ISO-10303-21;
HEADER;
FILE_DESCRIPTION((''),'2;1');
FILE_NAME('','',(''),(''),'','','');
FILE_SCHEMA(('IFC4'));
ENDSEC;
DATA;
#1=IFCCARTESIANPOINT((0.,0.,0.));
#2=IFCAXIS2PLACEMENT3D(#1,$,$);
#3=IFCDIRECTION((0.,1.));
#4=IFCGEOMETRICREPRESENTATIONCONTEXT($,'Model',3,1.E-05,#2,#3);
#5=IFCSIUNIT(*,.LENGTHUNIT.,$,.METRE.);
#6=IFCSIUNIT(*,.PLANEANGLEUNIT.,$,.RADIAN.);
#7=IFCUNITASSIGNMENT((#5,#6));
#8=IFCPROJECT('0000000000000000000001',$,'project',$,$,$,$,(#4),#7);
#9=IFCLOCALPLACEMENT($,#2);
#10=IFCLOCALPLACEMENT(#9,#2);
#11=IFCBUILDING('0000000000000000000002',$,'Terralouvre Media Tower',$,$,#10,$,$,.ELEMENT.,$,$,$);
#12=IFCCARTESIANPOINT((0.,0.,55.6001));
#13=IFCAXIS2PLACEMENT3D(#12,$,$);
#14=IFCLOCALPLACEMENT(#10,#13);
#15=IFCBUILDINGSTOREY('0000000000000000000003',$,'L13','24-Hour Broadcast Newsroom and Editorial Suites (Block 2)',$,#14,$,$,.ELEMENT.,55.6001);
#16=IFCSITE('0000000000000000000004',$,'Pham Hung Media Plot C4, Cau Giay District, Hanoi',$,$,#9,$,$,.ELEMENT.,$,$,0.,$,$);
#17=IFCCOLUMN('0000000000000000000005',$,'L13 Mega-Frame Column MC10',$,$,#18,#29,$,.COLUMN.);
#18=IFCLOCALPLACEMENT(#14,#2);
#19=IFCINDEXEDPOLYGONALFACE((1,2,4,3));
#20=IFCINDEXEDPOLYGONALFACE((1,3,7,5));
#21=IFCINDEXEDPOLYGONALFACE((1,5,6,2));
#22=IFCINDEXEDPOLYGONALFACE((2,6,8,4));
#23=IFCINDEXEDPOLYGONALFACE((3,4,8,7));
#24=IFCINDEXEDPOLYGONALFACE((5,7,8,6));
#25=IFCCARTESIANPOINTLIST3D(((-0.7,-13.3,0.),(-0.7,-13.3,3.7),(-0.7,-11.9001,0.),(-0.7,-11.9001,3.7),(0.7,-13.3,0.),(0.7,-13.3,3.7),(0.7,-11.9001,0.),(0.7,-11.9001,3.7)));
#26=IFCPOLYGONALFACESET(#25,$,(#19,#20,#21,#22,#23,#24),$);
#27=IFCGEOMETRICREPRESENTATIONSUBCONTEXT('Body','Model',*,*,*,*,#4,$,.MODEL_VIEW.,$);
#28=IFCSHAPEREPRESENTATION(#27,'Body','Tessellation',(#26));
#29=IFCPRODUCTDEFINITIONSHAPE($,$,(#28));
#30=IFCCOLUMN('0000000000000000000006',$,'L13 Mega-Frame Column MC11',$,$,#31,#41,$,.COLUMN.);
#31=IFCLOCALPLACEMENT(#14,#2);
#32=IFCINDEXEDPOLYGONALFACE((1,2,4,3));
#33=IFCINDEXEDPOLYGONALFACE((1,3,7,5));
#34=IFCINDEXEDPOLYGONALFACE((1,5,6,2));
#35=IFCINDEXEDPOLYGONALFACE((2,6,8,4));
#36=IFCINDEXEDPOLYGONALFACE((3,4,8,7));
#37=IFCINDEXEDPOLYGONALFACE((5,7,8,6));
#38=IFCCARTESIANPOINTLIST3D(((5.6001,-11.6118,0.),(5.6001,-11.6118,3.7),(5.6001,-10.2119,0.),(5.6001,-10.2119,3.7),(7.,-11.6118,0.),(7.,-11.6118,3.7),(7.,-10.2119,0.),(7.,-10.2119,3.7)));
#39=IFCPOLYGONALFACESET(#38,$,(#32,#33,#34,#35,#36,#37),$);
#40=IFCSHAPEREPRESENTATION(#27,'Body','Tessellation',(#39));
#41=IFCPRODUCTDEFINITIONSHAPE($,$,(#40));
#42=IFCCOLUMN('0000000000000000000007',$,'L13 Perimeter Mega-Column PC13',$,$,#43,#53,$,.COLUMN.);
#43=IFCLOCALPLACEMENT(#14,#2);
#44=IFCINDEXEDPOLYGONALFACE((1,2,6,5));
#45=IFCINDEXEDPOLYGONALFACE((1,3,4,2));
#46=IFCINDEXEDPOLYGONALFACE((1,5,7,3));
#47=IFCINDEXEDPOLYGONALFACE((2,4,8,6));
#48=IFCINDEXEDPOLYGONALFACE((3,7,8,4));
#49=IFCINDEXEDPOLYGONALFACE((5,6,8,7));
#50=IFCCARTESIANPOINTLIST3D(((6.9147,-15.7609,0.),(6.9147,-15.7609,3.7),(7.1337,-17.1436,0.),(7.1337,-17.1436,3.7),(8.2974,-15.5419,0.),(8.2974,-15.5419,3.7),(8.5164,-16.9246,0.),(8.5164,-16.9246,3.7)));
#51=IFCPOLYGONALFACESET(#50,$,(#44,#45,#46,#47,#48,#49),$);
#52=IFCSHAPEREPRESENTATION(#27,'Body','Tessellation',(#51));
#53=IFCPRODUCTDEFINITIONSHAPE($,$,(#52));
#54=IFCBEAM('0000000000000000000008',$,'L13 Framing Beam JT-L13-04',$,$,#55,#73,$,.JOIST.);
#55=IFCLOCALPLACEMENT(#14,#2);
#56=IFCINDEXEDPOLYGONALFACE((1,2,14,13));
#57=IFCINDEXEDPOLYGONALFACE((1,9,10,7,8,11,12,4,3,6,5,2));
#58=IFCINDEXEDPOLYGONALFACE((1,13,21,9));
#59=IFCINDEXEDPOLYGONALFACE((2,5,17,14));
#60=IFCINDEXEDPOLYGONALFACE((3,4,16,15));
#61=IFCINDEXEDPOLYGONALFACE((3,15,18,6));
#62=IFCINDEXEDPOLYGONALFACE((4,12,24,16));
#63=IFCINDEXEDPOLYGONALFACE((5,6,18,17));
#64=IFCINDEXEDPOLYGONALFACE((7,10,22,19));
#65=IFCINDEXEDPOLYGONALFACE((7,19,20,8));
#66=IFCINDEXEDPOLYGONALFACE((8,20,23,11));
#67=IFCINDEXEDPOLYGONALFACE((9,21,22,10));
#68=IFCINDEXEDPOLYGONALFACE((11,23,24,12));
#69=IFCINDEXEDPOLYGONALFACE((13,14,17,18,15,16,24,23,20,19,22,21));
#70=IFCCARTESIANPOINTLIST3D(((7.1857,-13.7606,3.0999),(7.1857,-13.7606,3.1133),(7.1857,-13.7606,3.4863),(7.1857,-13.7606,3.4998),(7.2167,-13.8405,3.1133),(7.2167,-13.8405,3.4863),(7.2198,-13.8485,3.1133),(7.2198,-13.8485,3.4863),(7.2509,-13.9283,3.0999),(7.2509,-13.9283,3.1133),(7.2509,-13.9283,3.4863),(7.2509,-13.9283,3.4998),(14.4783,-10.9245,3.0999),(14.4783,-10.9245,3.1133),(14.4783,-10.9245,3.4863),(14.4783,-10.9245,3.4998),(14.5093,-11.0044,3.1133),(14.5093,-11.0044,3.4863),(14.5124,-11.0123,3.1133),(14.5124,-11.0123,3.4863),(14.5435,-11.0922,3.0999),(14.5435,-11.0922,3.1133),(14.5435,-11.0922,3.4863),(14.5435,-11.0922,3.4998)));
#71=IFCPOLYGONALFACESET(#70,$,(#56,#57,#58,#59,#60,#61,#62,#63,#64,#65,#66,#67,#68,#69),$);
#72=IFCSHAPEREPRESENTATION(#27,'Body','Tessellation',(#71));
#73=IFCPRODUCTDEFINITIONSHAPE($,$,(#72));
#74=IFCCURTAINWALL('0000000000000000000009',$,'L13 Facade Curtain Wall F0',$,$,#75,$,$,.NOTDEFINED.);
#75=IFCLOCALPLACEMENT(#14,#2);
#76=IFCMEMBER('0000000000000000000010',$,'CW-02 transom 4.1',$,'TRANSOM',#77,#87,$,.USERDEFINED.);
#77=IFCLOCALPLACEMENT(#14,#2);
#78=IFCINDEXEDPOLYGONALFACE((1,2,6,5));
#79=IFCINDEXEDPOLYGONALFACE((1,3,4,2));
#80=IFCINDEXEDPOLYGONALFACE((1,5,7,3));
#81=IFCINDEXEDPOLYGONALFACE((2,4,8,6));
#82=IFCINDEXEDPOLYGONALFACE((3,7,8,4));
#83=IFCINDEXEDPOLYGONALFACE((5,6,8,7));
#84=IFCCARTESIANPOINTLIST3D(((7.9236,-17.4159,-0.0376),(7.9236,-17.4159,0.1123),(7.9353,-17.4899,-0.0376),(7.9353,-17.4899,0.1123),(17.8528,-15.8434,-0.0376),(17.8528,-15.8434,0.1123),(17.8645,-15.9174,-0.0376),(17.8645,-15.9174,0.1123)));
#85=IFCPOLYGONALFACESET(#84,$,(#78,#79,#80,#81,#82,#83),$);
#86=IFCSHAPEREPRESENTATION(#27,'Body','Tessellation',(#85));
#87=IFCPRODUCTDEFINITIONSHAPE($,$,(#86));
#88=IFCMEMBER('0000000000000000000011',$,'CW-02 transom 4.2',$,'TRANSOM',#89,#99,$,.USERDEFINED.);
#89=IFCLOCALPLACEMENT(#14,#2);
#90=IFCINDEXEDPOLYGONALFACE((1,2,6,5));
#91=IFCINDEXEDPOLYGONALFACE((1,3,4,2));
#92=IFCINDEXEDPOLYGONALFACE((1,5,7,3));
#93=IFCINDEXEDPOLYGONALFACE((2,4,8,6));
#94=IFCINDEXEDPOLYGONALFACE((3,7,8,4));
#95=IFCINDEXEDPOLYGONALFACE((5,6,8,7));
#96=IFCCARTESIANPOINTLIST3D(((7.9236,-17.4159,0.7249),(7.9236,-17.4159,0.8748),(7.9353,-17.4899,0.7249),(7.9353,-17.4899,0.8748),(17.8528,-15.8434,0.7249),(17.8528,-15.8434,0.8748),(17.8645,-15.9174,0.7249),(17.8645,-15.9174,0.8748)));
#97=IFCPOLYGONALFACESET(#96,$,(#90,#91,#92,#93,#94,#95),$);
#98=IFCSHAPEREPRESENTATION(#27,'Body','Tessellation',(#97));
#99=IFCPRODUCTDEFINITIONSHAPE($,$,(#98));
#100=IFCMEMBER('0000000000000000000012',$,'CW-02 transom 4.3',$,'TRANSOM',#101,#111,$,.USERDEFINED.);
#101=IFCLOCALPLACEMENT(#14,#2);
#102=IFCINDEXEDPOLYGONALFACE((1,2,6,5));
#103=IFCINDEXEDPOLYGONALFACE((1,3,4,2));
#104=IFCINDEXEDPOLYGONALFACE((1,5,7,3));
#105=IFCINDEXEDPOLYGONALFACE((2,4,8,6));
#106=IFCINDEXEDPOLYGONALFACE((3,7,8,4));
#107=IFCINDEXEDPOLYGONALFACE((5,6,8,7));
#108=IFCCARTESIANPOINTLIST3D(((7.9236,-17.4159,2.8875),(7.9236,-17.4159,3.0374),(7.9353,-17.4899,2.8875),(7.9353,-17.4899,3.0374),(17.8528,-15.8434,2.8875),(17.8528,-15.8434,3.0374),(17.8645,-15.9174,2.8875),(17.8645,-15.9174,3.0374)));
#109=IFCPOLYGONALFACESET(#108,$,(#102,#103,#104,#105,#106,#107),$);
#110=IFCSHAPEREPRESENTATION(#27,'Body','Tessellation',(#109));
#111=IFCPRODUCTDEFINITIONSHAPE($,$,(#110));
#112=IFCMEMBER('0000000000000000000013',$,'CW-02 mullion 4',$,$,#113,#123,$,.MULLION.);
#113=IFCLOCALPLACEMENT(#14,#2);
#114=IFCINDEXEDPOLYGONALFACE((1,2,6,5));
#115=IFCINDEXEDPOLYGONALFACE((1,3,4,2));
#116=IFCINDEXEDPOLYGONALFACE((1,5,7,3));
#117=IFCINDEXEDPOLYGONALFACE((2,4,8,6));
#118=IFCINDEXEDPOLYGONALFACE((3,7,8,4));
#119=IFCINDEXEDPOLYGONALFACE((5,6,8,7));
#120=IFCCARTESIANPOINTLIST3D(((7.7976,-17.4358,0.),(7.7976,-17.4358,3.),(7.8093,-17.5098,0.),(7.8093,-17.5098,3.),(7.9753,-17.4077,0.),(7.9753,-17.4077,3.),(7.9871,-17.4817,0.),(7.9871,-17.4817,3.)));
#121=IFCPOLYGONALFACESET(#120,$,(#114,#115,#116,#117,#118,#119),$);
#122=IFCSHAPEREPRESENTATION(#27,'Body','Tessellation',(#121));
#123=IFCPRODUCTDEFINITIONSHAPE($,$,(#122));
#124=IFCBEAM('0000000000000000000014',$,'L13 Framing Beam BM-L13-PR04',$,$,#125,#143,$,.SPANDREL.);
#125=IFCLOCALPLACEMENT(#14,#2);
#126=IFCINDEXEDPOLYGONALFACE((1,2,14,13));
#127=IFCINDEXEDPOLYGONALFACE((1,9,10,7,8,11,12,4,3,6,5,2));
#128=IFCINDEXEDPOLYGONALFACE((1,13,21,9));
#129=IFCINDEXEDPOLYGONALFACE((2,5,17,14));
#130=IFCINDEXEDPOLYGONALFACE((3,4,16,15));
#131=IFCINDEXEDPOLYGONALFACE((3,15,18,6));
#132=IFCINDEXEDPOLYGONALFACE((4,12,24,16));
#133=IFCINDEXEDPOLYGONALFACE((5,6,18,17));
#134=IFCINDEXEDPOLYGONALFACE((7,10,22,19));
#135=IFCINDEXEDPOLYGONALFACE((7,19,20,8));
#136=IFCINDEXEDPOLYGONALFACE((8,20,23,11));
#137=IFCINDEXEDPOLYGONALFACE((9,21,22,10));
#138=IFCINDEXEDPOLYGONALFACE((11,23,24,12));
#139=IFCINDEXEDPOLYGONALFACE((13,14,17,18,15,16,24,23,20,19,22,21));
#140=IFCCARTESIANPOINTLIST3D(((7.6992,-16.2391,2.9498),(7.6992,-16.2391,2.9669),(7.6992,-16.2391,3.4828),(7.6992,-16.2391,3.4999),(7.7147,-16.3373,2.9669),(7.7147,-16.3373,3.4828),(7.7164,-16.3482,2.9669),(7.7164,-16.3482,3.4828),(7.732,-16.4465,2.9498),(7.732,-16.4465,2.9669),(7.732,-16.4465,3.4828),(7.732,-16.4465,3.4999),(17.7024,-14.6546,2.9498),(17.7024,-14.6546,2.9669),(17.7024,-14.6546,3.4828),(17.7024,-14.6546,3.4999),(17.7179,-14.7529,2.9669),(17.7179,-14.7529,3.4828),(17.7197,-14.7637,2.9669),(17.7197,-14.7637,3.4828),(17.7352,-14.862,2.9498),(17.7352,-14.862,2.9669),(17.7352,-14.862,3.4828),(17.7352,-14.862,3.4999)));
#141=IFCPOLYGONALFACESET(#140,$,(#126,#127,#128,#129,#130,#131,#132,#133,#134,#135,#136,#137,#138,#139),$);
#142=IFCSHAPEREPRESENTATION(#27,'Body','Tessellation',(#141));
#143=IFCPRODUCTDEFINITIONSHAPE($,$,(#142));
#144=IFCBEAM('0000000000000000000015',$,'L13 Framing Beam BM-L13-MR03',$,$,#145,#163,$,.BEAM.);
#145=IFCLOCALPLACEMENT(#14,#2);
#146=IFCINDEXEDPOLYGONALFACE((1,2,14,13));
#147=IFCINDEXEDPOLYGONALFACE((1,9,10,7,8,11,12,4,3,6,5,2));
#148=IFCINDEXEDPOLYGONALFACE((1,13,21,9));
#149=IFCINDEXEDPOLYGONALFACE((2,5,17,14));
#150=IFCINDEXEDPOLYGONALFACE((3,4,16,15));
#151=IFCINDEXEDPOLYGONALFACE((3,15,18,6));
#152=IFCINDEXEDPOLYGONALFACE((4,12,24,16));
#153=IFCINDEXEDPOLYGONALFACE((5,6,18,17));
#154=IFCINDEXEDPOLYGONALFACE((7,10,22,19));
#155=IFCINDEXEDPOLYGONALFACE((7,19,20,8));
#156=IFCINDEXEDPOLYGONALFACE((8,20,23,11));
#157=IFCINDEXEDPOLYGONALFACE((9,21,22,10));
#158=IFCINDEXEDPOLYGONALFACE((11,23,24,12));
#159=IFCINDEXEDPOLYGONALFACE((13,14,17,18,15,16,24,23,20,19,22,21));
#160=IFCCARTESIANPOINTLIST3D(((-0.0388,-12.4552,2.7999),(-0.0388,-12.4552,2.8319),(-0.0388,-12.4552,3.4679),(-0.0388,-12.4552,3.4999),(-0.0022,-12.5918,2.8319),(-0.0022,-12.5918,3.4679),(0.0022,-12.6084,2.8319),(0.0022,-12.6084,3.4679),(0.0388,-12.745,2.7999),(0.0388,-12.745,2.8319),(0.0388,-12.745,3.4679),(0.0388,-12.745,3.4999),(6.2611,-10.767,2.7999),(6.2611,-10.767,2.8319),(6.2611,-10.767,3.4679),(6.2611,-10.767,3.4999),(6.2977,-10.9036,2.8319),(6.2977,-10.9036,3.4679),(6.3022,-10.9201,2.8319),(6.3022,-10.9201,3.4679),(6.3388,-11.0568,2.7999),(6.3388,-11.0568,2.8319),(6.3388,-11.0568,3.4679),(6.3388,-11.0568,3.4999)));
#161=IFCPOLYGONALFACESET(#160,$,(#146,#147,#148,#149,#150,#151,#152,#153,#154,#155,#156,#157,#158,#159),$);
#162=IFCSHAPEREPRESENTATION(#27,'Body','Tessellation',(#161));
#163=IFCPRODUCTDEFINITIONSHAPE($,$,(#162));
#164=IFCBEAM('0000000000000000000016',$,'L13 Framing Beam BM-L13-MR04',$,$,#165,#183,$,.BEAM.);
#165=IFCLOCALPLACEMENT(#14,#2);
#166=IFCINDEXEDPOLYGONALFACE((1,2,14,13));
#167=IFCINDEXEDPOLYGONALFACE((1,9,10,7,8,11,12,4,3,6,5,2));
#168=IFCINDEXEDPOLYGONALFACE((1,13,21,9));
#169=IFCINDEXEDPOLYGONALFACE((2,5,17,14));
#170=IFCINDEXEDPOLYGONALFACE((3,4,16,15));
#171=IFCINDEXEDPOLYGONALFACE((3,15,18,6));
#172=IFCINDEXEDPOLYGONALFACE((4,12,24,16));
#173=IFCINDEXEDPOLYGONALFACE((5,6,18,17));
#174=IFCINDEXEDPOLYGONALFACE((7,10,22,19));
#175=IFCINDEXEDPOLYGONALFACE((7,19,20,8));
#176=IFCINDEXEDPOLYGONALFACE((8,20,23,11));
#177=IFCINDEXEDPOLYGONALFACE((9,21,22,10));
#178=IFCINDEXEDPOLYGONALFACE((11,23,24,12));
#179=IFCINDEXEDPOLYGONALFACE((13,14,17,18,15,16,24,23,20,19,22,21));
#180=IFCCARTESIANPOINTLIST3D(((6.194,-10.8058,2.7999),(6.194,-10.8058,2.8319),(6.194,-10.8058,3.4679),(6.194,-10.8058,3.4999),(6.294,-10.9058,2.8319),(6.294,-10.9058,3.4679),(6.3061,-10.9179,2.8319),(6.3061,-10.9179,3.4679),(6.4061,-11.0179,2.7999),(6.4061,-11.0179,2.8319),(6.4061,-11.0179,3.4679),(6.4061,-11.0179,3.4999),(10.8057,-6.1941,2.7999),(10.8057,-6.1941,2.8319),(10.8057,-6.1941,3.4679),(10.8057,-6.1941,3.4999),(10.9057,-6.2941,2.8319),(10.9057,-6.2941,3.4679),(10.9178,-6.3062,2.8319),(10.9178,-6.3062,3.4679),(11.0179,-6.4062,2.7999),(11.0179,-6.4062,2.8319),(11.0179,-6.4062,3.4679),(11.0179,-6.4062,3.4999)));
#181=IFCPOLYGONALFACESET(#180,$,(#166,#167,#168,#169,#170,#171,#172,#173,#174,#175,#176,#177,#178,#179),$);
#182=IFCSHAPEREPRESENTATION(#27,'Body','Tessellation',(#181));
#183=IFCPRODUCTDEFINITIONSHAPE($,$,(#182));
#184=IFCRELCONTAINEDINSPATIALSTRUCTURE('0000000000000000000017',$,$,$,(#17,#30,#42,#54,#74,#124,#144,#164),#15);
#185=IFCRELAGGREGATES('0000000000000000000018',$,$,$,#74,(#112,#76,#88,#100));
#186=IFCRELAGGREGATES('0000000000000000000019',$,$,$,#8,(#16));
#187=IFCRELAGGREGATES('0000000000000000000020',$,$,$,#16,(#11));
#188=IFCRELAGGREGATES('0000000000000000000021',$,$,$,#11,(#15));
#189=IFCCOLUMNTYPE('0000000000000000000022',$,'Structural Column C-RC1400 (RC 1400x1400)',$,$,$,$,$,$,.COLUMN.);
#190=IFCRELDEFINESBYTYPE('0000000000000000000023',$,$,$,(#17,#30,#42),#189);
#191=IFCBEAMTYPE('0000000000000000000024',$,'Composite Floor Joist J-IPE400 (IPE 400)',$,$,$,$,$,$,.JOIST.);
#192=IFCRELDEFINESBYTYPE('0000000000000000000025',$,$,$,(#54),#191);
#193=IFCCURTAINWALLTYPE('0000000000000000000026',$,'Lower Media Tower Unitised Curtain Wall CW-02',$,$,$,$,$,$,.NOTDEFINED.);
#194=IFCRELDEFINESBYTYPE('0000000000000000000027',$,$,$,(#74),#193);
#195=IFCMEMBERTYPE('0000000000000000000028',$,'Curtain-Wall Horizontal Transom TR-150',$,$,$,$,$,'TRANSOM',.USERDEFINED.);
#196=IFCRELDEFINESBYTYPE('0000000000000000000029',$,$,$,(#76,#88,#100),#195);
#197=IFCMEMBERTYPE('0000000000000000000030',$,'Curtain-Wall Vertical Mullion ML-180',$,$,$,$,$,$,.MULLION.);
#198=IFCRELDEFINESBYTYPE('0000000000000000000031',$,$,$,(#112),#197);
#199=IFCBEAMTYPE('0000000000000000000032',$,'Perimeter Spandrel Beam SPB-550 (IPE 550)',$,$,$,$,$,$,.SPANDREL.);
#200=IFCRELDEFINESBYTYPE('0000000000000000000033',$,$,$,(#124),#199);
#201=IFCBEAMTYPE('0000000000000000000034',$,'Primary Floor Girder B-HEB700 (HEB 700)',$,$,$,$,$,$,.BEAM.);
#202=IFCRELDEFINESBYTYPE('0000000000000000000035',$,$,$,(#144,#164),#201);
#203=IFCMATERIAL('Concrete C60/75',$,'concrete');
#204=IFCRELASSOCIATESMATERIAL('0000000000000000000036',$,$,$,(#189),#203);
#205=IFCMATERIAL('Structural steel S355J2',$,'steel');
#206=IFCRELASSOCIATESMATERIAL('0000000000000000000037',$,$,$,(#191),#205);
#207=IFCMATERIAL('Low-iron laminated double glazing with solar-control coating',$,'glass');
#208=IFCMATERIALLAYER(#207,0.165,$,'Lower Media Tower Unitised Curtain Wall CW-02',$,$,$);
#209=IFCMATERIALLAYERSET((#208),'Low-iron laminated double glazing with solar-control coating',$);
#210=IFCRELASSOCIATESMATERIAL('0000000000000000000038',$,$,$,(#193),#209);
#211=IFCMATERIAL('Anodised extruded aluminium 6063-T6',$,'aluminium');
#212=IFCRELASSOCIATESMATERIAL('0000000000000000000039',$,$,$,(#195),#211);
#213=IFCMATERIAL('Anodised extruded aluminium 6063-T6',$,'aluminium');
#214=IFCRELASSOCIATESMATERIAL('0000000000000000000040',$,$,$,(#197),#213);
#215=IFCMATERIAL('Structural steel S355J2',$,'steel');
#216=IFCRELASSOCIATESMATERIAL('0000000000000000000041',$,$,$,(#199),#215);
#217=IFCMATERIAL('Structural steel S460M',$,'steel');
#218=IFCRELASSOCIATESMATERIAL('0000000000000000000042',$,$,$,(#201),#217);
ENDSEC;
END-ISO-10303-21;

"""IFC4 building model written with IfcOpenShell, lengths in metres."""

from ifc_helpers import new_model, si_unit, direction, frame, origin, origin_2d, place, context, subcontext, project, spatial, rectangle, i_section, extrude, material, layer, layer_set, material_profile, profile_set, type_object, element, aggregate, save


model = new_model("IFC4")

# Units and contexts
model_context = context("Model", 3, precision=1e-05, world=origin(), true_north=direction((0.0, 1.0)))
body_context = subcontext(model_context, "Body", "Model", "MODEL_VIEW")
ifc_project = project(units=[si_unit("LENGTHUNIT", "METRE"), si_unit("PLANEANGLEUNIT", "RADIAN")], contexts=[model_context])

# Site, building, storey
site_placement = place(None, origin())
site = spatial("IfcSite", under=ifc_project, at=site_placement, Name="Pham Hung Media Plot C4, Cau Giay District, Hanoi", CompositionType="ELEMENT", RefElevation=0.0)
building_placement = place(site_placement, origin())
building = spatial("IfcBuilding", under=site, at=building_placement, Name="Terralouvre Media Tower", CompositionType="ELEMENT")
storey_placement = place(building_placement, frame((0.0, 0.0, 55.6001)))
storey = spatial("IfcBuildingStorey", under=building, at=storey_placement, Name="L13", Description="24-Hour Broadcast Newsroom and Editorial Suites (Block 2)", CompositionType="ELEMENT", Elevation=55.6001)

# Columns
ifc_material_1 = material(Name="Concrete C60/75", Category="concrete")
ifc_material_profile_1 = material_profile(ifc_material_1, rectangle(XDim=1.3999, YDim=1.3999, at=origin_2d()), Name="RC 1400x1400")
ifc_profile_set_1 = profile_set([ifc_material_profile_1], Name="Concrete C60/75")
column_type = type_object("IfcColumnType", Name="Structural Column C-RC1400 (RC 1400x1400)", PredefinedType="COLUMN", material=ifc_profile_set_1)
for number, where, z_axis, x_axis, name in (
    (1, (0.0, -12.6001, 0.0), (0.0, 0.0, 1.0), (1.0, 0.0, 0.0), "L13 Mega-Frame Column MC10"),
    (2, (6.3, -10.9119, 0.0), (0.0, 0.0, 1.0), (1.0, 0.0, 0.0), "L13 Mega-Frame Column MC11"),
    (3, (7.7156, -16.3428, 0.0), (0.0, 0.0, 1.0), (0.987688, 0.156434, 0.0), "L13 Perimeter Mega-Column PC13"),
):
    element("IfcColumn", number, at=place(storey_placement, frame(where, z_axis=z_axis, x_axis=x_axis)), inside=storey, type_object=column_type, Name=name, PredefinedType="COLUMN", context=body_context, shape_type="SweptSolid", body=[
        extrude(rectangle(XDim=1.3999, YDim=1.3999, at=origin_2d()), origin(), (0.0, 0.0, 1.0), 3.7),
    ])

# Beam
ifc_material_2 = material(Name="Structural steel S355J2", Category="steel")
ifc_material_profile_2 = material_profile(ifc_material_2, i_section(OverallWidth=0.1799, OverallDepth=0.3999, WebThickness=0.0085, FlangeThickness=0.0134, at=origin_2d()), Name="IPE 400")
ifc_profile_set_2 = profile_set([ifc_material_profile_2], Name="Structural steel S355J2")
beam_type_1 = type_object("IfcBeamType", Name="Composite Floor Joist J-IPE400 (IPE 400)", PredefinedType="JOIST", material=ifc_profile_set_2)
beam_1_placement = place(storey_placement, frame((7.2183, -13.8445, 3.2998), z_axis=(0.931999, 0.36246, 0.0), x_axis=(-0.36246, 0.931999, 0.0)))
element("IfcBeam", 4, at=beam_1_placement, inside=storey, type_object=beam_type_1, Name="L13 Framing Beam JT-L13-04", PredefinedType="JOIST", context=body_context, shape_type="SweptSolid", body=[
    extrude(i_section(OverallWidth=0.1799, OverallDepth=0.3999, WebThickness=0.0085, FlangeThickness=0.0134, at=origin_2d()), origin(), (0.0, 0.0, 1.0), 7.8247),
])

# Curtain wall, members
ifc_material_3 = material(Name="Low-iron laminated double glazing with solar-control coating", Category="glass")
ifc_layer_1 = layer(ifc_material_3, 0.165, Name="Lower Media Tower Unitised Curtain Wall CW-02")
ifc_layer_set_1 = layer_set([ifc_layer_1], Name="Low-iron laminated double glazing with solar-control coating")
curtain_wall_type = type_object("IfcCurtainWallType", Name="Lower Media Tower Unitised Curtain Wall CW-02", PredefinedType="NOTDEFINED", material=ifc_layer_set_1)
curtain_wall_placement = place(storey_placement, origin())
curtain_wall = element("IfcCurtainWall", 5, at=curtain_wall_placement, inside=storey, type_object=curtain_wall_type, Name="L13 Facade Curtain Wall F0", PredefinedType="NOTDEFINED")
ifc_material_4 = material(Name="Anodised extruded aluminium 6063-T6", Category="aluminium")
ifc_material_profile_3 = material_profile(ifc_material_4, rectangle(XDim=0.075, YDim=0.1499, at=origin_2d()), Name="ALU 75x150")
ifc_profile_set_3 = profile_set([ifc_material_profile_3], Name="Anodised extruded aluminium 6063-T6")
member_type_1 = type_object("IfcMemberType", Name="Curtain-Wall Horizontal Transom TR-150", ElementType="TRANSOM", PredefinedType="USERDEFINED", material=ifc_profile_set_3)
member_1_placement = place(storey_placement, frame((7.9294, -17.4529, 0.0374), z_axis=(0.98769, 0.156423, 0.0), x_axis=(-0.156423, 0.98769, 0.0)))
member_1 = element("IfcMember", 6, at=member_1_placement, type_object=member_type_1, Name="CW-02 transom 4.1", ObjectType="TRANSOM", PredefinedType="USERDEFINED", context=body_context, shape_type="SweptSolid", body=[
    extrude(rectangle(XDim=0.075, YDim=0.1499, at=origin_2d()), origin(), (0.0, 0.0, 1.0), 10.053),
])
member_2_placement = place(storey_placement, frame((7.9294, -17.4529, 0.7998), z_axis=(0.98769, 0.156423, 0.0), x_axis=(-0.156423, 0.98769, 0.0)))
member_2 = element("IfcMember", 7, at=member_2_placement, type_object=member_type_1, Name="CW-02 transom 4.2", ObjectType="TRANSOM", PredefinedType="USERDEFINED", context=body_context, shape_type="SweptSolid", body=[
    extrude(rectangle(XDim=0.075, YDim=0.1499, at=origin_2d()), origin(), (0.0, 0.0, 1.0), 10.053),
])
member_3_placement = place(storey_placement, frame((7.9294, -17.4529, 2.9624), z_axis=(0.98769, 0.156423, 0.0), x_axis=(-0.156423, 0.98769, 0.0)))
member_3 = element("IfcMember", 8, at=member_3_placement, type_object=member_type_1, Name="CW-02 transom 4.3", ObjectType="TRANSOM", PredefinedType="USERDEFINED", context=body_context, shape_type="SweptSolid", body=[
    extrude(rectangle(XDim=0.075, YDim=0.1499, at=origin_2d()), origin(), (0.0, 0.0, 1.0), 10.053),
])
ifc_material_5 = material(Name="Anodised extruded aluminium 6063-T6", Category="aluminium")
ifc_material_profile_4 = material_profile(ifc_material_5, rectangle(XDim=0.075, YDim=0.1799, at=origin_2d()), Name="ALU 75x180")
ifc_profile_set_4 = profile_set([ifc_material_profile_4], Name="Anodised extruded aluminium 6063-T6")
member_type_2 = type_object("IfcMemberType", Name="Curtain-Wall Vertical Mullion ML-180", PredefinedType="MULLION", material=ifc_profile_set_4)
member_4_placement = place(storey_placement, frame((7.8923, -17.4587, 0.0), z_axis=(0.0, 0.0, 1.0), x_axis=(-0.156434, 0.987688, 0.0)))
member_4 = element("IfcMember", 9, at=member_4_placement, type_object=member_type_2, Name="CW-02 mullion 4", PredefinedType="MULLION", context=body_context, shape_type="SweptSolid", body=[
    extrude(rectangle(XDim=0.075, YDim=0.1799, at=origin_2d()), origin(), (0.0, 0.0, 1.0), 3.0),
])

# Beams
ifc_material_6 = material(Name="Structural steel S355J2", Category="steel")
ifc_material_profile_5 = material_profile(ifc_material_6, i_section(OverallWidth=0.21, OverallDepth=0.55, WebThickness=0.011, FlangeThickness=0.0171, at=origin_2d()), Name="IPE 550")
ifc_profile_set_5 = profile_set([ifc_material_profile_5], Name="Structural steel S355J2")
beam_type_2 = type_object("IfcBeamType", Name="Perimeter Spandrel Beam SPB-550 (IPE 550)", PredefinedType="SPANDREL", material=ifc_profile_set_5)
beam_2_placement = place(storey_placement, frame((7.7156, -16.3428, 3.2249), z_axis=(0.987686, 0.156447, 0.0), x_axis=(-0.156447, 0.987686, 0.0)))
element("IfcBeam", 10, at=beam_2_placement, inside=storey, type_object=beam_type_2, Name="L13 Framing Beam BM-L13-PR04", PredefinedType="SPANDREL", context=body_context, shape_type="SweptSolid", body=[
    extrude(i_section(OverallWidth=0.21, OverallDepth=0.55, WebThickness=0.011, FlangeThickness=0.0171, at=origin_2d()), origin(), (0.0, 0.0, 1.0), 10.1279),
])
ifc_material_7 = material(Name="Structural steel S460M", Category="steel")
ifc_material_profile_6 = material_profile(ifc_material_7, i_section(OverallWidth=0.3, OverallDepth=0.7, WebThickness=0.0171, FlangeThickness=0.032, at=origin_2d()), Name="HEB 700")
ifc_profile_set_6 = profile_set([ifc_material_profile_6], Name="Structural steel S460M")
beam_type_3 = type_object("IfcBeamType", Name="Primary Floor Girder B-HEB700 (HEB 700)", PredefinedType="BEAM", material=ifc_profile_set_6)
beam_3_placement = place(storey_placement, frame((0.0, -12.6001, 3.1499), z_axis=(0.96592, 0.258839, 0.0), x_axis=(-0.258839, 0.96592, 0.0)))
element("IfcBeam", 11, at=beam_3_placement, inside=storey, type_object=beam_type_3, Name="L13 Framing Beam BM-L13-MR03", PredefinedType="BEAM", context=body_context, shape_type="SweptSolid", body=[
    extrude(i_section(OverallWidth=0.3, OverallDepth=0.7, WebThickness=0.0171, FlangeThickness=0.032, at=origin_2d()), origin(), (0.0, 0.0, 1.0), 6.5222),
])
beam_4_placement = place(storey_placement, frame((6.3, -10.9119, 3.1499), z_axis=(0.707107, 0.707107, 0.0), x_axis=(-0.707107, 0.707107, 0.0)))
element("IfcBeam", 12, at=beam_4_placement, inside=storey, type_object=beam_type_3, Name="L13 Framing Beam BM-L13-MR04", PredefinedType="BEAM", context=body_context, shape_type="SweptSolid", body=[
    extrude(i_section(OverallWidth=0.3, OverallDepth=0.7, WebThickness=0.0171, FlangeThickness=0.032, at=origin_2d()), origin(), (0.0, 0.0, 1.0), 6.522),
])

aggregate(curtain_wall, [member_4, member_1, member_2, member_3])

save(model, "model.ifc")
